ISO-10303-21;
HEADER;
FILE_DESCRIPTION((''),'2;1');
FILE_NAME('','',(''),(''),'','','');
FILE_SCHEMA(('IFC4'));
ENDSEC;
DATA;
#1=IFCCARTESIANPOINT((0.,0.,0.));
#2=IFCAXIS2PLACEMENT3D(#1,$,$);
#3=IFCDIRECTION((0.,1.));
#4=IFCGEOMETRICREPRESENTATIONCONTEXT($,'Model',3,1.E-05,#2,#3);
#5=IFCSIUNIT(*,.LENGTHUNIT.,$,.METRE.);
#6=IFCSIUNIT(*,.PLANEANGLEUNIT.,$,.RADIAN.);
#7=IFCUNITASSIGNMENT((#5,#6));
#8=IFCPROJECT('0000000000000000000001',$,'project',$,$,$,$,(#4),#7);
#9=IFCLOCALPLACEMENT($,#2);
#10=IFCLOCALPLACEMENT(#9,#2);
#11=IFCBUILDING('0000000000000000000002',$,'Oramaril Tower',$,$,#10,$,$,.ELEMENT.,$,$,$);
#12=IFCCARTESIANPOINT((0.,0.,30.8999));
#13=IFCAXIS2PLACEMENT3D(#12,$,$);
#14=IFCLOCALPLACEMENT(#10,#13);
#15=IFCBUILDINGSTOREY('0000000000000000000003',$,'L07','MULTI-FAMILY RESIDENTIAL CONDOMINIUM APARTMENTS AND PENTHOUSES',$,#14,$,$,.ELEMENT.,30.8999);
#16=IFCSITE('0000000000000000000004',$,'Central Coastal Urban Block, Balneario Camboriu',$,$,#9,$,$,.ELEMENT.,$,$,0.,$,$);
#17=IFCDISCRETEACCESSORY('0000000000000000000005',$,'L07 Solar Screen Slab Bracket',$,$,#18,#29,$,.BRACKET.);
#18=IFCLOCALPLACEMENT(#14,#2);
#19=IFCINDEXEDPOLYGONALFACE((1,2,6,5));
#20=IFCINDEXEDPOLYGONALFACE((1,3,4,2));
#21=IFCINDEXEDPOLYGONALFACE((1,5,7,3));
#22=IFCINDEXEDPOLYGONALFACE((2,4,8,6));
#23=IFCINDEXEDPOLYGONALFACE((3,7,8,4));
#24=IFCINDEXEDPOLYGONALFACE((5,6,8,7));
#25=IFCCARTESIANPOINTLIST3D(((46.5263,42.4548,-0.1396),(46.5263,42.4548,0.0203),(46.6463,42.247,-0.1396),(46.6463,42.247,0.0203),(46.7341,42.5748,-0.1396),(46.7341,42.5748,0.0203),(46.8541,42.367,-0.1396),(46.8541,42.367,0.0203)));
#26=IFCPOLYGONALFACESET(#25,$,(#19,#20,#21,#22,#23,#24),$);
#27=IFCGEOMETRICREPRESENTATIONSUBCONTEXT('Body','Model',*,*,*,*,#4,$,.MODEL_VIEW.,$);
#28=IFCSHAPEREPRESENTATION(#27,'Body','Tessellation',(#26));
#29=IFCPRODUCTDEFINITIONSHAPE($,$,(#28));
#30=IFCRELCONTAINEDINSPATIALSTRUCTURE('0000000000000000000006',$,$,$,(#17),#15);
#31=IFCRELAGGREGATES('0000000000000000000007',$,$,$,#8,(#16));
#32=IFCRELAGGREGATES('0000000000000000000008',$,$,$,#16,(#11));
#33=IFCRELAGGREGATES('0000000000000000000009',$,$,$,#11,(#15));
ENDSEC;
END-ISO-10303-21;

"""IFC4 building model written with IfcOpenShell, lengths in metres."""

from ifc_helpers import new_model, si_unit, direction, frame, origin, origin_2d, place, context, subcontext, project, spatial, rectangle, extrude, element, save


model = new_model("IFC4")

# Units and contexts
model_context = context("Model", 3, precision=1e-05, world=origin(), true_north=direction((0.0, 1.0)))
body_context = subcontext(model_context, "Body", "Model", "MODEL_VIEW")
ifc_project = project(units=[si_unit("LENGTHUNIT", "METRE"), si_unit("PLANEANGLEUNIT", "RADIAN")], contexts=[model_context])

# Site, building, storey
site_placement = place(None, origin())
site = spatial("IfcSite", under=ifc_project, at=site_placement, Name="Central Coastal Urban Block, Balneario Camboriu", CompositionType="ELEMENT", RefElevation=0.0)
building_placement = place(site_placement, origin())
building = spatial("IfcBuilding", under=site, at=building_placement, Name="Oramaril Tower", CompositionType="ELEMENT")
storey_placement = place(building_placement, frame((0.0, 0.0, 30.8999)))
storey = spatial("IfcBuildingStorey", under=building, at=storey_placement, Name="L07", Description="MULTI-FAMILY RESIDENTIAL CONDOMINIUM APARTMENTS AND PENTHOUSES", CompositionType="ELEMENT", Elevation=30.8999)

# Discrete accessory
for number, where, z_axis, x_axis, name in (
    (1, (46.6902, 42.4109, -0.1396), (0.0, 0.0, 1.0), (-0.5, 0.866025, 0.0), "L07 Solar Screen Slab Bracket"),
):
    element("IfcDiscreteAccessory", number, at=place(storey_placement, frame(where, z_axis=z_axis, x_axis=x_axis)), inside=storey, Name=name, PredefinedType="BRACKET", context=body_context, shape_type="SweptSolid", body=[
        extrude(rectangle(XDim=0.24, YDim=0.24, at=origin_2d()), origin(), (0.0, 0.0, 1.0), 0.1599),
    ])

save(model, "model.ifc")
